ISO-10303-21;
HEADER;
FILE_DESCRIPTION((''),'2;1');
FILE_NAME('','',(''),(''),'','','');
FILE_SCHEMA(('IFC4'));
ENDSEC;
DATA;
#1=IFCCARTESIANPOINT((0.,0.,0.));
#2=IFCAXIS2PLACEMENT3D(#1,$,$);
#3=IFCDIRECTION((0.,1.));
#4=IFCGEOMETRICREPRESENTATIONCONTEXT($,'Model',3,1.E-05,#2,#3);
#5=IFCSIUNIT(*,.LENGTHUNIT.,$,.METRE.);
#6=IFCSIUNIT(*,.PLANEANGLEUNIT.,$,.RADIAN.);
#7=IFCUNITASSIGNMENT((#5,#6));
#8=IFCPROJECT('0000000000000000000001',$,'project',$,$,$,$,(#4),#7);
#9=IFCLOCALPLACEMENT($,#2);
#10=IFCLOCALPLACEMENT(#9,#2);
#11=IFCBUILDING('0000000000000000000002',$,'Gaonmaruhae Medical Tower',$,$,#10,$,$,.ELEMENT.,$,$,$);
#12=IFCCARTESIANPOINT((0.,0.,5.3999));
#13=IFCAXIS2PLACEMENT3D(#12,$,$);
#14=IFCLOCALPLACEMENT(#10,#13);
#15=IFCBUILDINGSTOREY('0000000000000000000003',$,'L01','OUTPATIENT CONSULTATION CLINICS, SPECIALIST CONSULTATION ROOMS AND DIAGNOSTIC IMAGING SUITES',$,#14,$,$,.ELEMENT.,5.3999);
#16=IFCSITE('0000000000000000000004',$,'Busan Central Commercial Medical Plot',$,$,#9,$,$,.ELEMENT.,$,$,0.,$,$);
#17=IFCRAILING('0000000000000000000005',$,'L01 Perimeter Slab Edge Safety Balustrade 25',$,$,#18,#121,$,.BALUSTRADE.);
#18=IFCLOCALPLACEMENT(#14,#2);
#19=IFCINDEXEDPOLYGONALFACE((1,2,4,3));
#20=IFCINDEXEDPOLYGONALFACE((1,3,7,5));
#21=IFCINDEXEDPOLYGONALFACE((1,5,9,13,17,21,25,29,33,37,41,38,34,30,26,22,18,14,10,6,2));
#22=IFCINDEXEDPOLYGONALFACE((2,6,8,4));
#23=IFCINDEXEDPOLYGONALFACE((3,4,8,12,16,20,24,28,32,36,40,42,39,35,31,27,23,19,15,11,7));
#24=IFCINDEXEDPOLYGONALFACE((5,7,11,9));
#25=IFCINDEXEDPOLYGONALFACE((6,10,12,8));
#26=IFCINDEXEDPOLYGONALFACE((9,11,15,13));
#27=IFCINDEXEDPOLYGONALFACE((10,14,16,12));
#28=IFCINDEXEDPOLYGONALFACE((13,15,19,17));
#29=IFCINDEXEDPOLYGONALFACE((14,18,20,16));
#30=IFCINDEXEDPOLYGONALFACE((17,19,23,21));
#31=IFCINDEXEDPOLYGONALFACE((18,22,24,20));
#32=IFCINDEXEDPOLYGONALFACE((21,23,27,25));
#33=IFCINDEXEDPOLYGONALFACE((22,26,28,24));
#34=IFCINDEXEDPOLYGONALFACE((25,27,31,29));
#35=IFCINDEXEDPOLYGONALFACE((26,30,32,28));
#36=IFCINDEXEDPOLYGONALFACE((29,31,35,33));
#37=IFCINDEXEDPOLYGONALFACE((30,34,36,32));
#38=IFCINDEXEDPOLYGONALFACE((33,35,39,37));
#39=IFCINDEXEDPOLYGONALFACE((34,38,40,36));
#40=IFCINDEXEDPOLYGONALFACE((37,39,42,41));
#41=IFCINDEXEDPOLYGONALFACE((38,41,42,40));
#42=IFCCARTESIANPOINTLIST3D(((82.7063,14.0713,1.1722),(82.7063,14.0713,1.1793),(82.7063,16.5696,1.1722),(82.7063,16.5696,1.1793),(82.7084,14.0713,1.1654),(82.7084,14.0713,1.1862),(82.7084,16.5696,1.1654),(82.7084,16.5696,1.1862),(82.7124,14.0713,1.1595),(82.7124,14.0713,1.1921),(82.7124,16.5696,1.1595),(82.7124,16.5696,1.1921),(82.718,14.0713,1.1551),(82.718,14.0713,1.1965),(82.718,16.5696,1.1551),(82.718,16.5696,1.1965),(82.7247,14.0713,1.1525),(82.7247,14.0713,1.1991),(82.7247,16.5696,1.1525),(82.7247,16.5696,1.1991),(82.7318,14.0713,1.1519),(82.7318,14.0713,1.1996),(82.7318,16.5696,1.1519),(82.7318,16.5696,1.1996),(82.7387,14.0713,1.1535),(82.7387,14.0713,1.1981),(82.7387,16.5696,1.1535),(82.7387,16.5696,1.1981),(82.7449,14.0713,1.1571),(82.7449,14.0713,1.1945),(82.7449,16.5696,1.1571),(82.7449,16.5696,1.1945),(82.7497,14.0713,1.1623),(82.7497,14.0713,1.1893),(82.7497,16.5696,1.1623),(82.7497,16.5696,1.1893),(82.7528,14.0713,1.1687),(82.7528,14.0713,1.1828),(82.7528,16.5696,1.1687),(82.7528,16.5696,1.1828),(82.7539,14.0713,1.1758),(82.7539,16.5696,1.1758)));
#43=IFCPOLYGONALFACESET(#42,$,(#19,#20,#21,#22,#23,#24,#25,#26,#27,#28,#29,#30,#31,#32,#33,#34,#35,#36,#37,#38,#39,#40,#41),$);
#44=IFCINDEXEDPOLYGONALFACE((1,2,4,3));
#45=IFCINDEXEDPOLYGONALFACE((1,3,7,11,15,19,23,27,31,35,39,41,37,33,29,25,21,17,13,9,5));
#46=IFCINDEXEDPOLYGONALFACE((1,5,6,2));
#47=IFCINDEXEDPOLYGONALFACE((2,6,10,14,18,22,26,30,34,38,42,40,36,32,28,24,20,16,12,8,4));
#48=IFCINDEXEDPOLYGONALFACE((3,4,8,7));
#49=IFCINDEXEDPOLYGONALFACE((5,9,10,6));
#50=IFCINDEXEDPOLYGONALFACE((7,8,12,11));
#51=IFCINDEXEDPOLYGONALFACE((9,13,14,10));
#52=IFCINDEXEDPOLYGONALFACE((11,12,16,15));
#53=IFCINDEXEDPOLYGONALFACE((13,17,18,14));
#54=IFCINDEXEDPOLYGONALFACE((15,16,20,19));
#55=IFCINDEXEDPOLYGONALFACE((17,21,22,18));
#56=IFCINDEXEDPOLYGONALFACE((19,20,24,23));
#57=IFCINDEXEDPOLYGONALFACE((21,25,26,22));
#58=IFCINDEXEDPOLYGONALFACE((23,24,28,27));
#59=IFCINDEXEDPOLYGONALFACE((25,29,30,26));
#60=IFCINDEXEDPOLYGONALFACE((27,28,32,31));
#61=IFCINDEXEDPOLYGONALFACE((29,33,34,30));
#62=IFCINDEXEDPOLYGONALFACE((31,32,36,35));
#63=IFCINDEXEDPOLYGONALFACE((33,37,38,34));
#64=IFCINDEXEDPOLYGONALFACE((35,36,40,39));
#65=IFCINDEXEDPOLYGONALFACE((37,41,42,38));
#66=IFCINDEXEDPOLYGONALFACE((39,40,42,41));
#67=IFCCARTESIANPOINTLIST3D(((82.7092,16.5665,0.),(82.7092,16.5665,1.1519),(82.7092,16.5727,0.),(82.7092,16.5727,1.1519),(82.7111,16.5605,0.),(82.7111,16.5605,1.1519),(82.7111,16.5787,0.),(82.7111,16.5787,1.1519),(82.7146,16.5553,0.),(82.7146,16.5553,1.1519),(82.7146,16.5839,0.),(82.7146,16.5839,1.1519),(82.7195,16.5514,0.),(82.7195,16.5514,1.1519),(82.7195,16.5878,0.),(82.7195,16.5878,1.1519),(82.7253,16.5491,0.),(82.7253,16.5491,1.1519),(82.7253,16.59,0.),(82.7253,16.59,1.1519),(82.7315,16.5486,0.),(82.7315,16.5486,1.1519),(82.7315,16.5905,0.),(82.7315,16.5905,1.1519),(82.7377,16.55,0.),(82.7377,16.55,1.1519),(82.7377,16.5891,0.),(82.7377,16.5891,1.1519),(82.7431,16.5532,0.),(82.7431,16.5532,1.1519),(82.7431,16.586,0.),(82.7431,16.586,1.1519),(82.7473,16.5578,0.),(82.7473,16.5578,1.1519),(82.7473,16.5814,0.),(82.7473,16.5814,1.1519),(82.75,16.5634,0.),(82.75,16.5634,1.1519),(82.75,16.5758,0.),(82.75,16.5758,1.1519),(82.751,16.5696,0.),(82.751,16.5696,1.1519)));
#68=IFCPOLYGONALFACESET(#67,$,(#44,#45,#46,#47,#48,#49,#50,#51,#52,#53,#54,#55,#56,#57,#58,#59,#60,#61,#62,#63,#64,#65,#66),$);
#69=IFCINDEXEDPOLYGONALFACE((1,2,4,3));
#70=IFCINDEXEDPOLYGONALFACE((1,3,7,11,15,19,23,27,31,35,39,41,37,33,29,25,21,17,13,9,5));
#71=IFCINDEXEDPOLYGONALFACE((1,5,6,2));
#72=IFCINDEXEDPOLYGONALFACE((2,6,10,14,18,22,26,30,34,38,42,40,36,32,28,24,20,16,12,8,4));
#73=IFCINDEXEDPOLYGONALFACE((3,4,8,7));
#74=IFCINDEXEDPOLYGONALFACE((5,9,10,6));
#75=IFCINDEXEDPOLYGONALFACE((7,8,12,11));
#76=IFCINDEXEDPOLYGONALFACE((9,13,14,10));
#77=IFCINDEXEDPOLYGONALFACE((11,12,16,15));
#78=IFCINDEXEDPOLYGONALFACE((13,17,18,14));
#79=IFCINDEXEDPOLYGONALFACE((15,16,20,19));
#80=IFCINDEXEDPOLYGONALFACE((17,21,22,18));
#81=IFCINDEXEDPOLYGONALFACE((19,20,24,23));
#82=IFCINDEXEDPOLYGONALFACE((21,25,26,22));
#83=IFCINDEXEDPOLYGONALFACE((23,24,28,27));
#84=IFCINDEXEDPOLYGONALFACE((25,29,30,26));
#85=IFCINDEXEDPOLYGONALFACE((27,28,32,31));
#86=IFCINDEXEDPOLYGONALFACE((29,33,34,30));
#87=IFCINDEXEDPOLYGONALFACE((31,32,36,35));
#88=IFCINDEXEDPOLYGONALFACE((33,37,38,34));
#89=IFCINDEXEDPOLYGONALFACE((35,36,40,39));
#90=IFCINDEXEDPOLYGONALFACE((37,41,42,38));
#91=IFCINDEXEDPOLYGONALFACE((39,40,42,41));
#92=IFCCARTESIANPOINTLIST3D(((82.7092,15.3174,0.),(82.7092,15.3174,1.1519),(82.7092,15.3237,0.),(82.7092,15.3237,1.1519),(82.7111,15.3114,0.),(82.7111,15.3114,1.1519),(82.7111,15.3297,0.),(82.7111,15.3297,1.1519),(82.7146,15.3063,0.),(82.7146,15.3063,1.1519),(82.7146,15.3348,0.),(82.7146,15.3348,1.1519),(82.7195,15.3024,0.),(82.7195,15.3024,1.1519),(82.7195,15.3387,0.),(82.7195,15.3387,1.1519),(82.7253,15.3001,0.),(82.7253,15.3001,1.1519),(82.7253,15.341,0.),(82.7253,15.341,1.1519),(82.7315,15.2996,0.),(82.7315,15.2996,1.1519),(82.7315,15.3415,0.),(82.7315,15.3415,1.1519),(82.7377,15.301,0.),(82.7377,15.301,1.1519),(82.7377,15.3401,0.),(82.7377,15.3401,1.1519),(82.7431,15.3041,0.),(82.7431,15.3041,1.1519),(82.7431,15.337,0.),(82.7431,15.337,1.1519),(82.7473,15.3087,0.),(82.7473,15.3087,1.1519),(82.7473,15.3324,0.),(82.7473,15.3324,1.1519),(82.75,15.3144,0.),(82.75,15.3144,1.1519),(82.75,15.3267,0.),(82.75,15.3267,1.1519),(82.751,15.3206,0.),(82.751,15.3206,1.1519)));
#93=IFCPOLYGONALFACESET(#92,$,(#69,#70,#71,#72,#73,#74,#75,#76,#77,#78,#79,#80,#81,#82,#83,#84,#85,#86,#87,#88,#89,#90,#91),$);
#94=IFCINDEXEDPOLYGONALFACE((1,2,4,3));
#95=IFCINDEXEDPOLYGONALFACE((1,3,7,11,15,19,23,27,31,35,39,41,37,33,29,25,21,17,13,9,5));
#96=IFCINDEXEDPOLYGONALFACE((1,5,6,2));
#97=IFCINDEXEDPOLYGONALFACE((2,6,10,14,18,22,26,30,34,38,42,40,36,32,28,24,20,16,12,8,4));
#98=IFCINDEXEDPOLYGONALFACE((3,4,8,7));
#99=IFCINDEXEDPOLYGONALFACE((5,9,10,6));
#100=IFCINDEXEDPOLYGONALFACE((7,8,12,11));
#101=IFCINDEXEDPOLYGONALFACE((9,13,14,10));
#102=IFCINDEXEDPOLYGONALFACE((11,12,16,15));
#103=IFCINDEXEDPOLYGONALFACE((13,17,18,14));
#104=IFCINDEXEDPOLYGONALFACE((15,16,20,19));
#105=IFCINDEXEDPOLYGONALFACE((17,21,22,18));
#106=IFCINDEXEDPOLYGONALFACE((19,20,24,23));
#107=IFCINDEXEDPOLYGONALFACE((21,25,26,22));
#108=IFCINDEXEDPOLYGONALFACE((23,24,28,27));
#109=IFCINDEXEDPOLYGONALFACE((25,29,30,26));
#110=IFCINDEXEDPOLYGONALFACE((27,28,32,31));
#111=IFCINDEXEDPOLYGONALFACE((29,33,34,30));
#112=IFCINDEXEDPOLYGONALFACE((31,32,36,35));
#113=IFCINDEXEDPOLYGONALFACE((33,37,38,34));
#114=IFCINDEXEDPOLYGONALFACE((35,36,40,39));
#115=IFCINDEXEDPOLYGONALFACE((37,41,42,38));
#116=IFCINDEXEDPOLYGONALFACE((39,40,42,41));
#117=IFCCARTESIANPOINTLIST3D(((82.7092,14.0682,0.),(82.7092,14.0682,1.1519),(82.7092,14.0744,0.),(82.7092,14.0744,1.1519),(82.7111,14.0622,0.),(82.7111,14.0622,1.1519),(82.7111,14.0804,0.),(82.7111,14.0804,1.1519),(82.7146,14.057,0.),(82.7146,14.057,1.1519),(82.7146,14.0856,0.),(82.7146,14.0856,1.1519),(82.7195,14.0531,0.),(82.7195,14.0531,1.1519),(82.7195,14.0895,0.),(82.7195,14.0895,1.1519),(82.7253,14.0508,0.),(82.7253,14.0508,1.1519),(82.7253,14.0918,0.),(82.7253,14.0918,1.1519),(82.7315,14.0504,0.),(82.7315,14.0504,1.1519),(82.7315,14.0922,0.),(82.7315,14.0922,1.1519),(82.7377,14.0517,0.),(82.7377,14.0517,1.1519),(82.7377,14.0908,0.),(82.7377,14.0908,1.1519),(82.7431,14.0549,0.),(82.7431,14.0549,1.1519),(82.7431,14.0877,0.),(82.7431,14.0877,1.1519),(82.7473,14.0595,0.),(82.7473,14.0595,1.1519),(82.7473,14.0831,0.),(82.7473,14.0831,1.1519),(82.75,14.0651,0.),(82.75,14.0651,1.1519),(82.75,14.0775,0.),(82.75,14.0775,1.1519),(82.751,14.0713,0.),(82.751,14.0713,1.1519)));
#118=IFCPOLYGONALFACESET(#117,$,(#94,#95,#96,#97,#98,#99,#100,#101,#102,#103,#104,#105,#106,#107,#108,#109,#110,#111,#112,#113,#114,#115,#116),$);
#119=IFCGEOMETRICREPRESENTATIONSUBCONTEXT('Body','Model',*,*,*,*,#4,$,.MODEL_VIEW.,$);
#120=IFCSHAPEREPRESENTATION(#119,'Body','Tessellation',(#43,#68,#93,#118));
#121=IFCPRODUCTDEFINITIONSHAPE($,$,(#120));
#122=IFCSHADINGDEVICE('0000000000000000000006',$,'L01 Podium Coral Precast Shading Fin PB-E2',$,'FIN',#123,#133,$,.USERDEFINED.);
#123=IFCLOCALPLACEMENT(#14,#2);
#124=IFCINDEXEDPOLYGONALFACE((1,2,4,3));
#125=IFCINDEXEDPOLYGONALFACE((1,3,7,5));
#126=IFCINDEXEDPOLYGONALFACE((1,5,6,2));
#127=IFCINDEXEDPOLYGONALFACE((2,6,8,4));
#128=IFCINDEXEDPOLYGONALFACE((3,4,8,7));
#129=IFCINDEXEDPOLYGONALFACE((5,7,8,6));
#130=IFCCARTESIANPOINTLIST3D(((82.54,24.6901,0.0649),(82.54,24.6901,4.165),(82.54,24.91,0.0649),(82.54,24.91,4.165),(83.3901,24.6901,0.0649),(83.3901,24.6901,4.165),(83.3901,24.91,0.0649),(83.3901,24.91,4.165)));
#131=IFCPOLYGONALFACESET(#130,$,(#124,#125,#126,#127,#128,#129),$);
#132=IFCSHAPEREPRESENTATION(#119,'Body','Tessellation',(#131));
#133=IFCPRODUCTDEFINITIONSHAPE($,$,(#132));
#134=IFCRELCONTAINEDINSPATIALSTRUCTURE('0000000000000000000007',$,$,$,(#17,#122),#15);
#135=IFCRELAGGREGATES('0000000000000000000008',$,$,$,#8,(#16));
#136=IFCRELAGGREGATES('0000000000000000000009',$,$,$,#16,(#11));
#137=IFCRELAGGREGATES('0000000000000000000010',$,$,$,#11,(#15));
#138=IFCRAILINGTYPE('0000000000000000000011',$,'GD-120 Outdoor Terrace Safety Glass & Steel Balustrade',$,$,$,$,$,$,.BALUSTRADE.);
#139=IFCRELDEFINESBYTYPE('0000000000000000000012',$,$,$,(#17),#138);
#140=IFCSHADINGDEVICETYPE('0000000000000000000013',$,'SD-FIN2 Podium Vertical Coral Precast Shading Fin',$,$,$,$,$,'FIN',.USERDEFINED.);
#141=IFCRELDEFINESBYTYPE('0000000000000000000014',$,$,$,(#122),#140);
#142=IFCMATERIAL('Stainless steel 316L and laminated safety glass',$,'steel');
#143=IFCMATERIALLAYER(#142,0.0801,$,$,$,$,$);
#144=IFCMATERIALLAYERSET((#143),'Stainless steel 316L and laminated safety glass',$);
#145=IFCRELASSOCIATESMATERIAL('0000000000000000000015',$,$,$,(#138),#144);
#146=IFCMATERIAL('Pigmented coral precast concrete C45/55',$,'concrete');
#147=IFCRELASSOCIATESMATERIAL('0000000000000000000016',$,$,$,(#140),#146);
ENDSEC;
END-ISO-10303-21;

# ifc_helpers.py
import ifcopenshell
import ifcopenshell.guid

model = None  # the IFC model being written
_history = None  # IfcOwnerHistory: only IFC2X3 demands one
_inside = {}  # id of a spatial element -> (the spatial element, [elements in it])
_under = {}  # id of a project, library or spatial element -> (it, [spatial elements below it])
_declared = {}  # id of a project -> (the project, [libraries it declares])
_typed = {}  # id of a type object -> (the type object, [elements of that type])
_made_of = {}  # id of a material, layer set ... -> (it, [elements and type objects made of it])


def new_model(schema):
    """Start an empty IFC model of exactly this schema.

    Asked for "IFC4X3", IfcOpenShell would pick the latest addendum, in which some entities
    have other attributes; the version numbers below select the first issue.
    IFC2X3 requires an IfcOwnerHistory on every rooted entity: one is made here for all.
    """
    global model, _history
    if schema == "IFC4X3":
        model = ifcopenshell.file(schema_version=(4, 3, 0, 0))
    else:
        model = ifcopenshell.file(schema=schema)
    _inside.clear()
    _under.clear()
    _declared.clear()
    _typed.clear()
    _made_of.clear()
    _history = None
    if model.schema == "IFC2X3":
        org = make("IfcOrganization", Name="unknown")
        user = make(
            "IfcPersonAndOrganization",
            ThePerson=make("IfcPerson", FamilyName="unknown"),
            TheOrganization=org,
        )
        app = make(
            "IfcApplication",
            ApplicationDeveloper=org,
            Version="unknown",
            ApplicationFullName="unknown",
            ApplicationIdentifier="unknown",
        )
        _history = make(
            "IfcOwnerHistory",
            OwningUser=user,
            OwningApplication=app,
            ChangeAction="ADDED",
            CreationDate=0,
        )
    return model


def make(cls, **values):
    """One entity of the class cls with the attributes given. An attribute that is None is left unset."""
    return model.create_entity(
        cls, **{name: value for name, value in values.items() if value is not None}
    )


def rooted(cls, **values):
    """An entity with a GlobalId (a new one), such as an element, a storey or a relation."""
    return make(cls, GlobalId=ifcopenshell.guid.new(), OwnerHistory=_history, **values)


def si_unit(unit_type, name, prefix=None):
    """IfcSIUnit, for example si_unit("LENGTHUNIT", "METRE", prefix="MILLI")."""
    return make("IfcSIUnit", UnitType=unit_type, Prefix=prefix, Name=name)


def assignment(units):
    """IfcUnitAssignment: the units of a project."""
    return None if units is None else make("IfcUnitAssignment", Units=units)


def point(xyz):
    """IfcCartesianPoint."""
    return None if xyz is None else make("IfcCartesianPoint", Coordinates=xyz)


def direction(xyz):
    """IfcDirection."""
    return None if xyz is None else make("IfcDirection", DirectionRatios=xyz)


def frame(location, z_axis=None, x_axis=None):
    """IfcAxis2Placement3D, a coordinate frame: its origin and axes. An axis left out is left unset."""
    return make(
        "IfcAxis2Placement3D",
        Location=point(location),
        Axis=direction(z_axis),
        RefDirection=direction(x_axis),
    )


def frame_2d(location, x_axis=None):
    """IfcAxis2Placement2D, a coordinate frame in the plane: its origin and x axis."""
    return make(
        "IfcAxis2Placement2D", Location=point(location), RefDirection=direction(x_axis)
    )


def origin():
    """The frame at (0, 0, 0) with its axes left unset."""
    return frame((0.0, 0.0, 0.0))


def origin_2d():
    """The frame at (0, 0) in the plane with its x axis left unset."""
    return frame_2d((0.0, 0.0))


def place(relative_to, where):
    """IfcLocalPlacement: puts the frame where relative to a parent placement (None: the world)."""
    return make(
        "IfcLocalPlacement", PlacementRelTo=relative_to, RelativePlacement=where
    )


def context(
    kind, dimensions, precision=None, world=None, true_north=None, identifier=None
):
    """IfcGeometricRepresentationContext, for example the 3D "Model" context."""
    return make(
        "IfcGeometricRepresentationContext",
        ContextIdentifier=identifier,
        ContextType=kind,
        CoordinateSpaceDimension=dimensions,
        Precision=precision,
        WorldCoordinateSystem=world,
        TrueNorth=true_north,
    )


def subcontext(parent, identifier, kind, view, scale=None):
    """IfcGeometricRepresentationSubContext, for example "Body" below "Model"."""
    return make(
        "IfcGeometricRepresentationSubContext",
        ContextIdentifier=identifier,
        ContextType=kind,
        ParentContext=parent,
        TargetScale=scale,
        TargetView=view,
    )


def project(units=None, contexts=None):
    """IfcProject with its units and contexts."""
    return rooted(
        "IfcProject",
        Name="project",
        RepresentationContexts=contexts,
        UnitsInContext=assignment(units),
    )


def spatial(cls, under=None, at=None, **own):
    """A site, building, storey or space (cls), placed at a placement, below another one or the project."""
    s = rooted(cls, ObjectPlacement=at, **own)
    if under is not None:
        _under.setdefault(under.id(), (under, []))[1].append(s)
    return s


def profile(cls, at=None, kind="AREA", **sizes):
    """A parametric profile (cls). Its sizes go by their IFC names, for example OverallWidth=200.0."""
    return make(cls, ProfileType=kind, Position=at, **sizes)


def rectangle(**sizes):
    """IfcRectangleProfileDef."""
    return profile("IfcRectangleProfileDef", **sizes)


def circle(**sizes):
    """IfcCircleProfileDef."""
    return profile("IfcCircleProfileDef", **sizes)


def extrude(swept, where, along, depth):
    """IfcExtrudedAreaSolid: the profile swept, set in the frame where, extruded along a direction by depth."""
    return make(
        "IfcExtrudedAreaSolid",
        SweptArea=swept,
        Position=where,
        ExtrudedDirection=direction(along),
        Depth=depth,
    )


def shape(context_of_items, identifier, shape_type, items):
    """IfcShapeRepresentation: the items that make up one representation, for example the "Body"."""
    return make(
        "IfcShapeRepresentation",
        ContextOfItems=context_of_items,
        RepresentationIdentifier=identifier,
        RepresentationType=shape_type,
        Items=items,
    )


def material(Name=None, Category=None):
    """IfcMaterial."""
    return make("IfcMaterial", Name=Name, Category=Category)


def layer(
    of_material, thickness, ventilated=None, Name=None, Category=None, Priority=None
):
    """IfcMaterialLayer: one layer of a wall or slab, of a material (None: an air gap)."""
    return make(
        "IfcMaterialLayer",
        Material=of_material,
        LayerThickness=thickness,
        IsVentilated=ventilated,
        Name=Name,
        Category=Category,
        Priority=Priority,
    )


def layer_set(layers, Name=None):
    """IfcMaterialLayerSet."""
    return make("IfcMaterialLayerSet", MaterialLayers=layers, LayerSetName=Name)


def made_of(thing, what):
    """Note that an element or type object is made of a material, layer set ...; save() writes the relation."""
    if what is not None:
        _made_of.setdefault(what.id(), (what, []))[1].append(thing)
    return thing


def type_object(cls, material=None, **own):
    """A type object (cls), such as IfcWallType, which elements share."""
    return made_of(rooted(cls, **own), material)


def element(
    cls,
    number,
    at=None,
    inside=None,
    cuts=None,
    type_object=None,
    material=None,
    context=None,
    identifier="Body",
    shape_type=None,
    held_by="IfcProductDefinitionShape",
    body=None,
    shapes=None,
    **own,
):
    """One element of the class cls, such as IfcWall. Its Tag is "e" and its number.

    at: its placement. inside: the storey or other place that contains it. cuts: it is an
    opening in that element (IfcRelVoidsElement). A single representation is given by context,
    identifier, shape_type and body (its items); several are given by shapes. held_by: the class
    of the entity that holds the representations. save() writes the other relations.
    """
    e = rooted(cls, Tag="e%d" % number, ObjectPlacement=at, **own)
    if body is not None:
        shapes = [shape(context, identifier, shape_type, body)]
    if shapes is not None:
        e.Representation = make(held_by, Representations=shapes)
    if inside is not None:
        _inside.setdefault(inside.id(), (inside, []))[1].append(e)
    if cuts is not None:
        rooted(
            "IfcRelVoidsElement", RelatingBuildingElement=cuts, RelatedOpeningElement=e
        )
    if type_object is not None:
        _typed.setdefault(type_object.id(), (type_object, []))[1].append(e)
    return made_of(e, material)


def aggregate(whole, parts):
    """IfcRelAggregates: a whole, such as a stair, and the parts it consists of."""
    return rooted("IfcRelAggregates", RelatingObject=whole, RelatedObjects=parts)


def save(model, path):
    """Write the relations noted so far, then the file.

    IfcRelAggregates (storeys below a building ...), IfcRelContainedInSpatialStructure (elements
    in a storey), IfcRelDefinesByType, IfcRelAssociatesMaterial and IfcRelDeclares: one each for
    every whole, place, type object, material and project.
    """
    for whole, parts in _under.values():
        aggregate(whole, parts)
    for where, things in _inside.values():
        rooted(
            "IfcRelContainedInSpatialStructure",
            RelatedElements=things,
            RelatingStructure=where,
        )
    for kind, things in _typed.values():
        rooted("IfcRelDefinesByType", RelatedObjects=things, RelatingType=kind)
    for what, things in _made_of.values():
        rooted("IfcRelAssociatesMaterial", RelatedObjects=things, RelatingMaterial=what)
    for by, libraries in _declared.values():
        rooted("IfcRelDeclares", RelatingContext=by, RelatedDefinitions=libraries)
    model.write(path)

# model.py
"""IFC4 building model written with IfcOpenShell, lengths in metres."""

from ifc_helpers import new_model, si_unit, direction, frame, origin, origin_2d, place, context, subcontext, project, spatial, rectangle, circle, extrude, material, layer, layer_set, type_object, element, save


model = new_model("IFC4")

# Units and contexts
model_context = context("Model", 3, precision=1e-05, world=origin(), true_north=direction((0.0, 1.0)))
body_context = subcontext(model_context, "Body", "Model", "MODEL_VIEW")
ifc_project = project(units=[si_unit("LENGTHUNIT", "METRE"), si_unit("PLANEANGLEUNIT", "RADIAN")], contexts=[model_context])

# Site, building, storey
site_placement = place(None, origin())
site = spatial("IfcSite", under=ifc_project, at=site_placement, Name="Busan Central Commercial Medical Plot", CompositionType="ELEMENT", RefElevation=0.0)
building_placement = place(site_placement, origin())
building = spatial("IfcBuilding", under=site, at=building_placement, Name="Gaonmaruhae Medical Tower", CompositionType="ELEMENT")
storey_placement = place(building_placement, frame((0.0, 0.0, 5.3999)))
storey = spatial("IfcBuildingStorey", under=building, at=storey_placement, Name="L01", Description="OUTPATIENT CONSULTATION CLINICS, SPECIALIST CONSULTATION ROOMS AND DIAGNOSTIC IMAGING SUITES", CompositionType="ELEMENT", Elevation=5.3999)

# Railing
ifc_material_1 = material(Name="Stainless steel 316L and laminated safety glass", Category="steel")
ifc_layer_1 = layer(ifc_material_1, 0.0801)
ifc_layer_set_1 = layer_set([ifc_layer_1], Name="Stainless steel 316L and laminated safety glass")
railing_type = type_object("IfcRailingType", Name="GD-120 Outdoor Terrace Safety Glass & Steel Balustrade", PredefinedType="BALUSTRADE", material=ifc_layer_set_1)
for number, where, name in (
    (1, (82.73, 16.5696, 0.0), "L01 Perimeter Slab Edge Safety Balustrade 25"),
):
    element("IfcRailing", number, at=place(storey_placement, frame(where)), inside=storey, type_object=railing_type, Name=name, PredefinedType="BALUSTRADE", context=body_context, shape_type="SweptSolid", body=[
        extrude(circle(Radius=0.0239, at=origin_2d()), frame((0.0, 0.0, 1.1758), z_axis=(0.0, -1.0, 0.0), x_axis=(1.0, 0.0, 0.0)), (0.0, 0.0, 1.0), 2.4983),
        extrude(circle(Radius=0.021, at=origin_2d()), origin(), (0.0, 0.0, 1.0), 1.1519),
        extrude(circle(Radius=0.021, at=origin_2d()), frame((0.0, -1.249, 0.0)), (0.0, 0.0, 1.0), 1.1519),
        extrude(circle(Radius=0.021, at=origin_2d()), frame((0.0, -2.4983, 0.0)), (0.0, 0.0, 1.0), 1.1519),
    ])

# Shading device
ifc_material_2 = material(Name="Pigmented coral precast concrete C45/55", Category="concrete")
shading_device_type = type_object("IfcShadingDeviceType", Name="SD-FIN2 Podium Vertical Coral Precast Shading Fin", ElementType="FIN", PredefinedType="USERDEFINED", material=ifc_material_2)
shading_device_placement = place(storey_placement, frame((82.9651, 24.8, 0.0649), z_axis=(0.0, 0.0, 1.0), x_axis=(0.0, -1.0, 0.0)))
element("IfcShadingDevice", 2, at=shading_device_placement, inside=storey, type_object=shading_device_type, Name="L01 Podium Coral Precast Shading Fin PB-E2", ObjectType="FIN", PredefinedType="USERDEFINED", context=body_context, shape_type="SweptSolid", body=[
    extrude(rectangle(XDim=0.22, YDim=0.8501, at=origin_2d()), origin(), (0.0, 0.0, 1.0), 4.1001),
])

save(model, "model.ifc")
